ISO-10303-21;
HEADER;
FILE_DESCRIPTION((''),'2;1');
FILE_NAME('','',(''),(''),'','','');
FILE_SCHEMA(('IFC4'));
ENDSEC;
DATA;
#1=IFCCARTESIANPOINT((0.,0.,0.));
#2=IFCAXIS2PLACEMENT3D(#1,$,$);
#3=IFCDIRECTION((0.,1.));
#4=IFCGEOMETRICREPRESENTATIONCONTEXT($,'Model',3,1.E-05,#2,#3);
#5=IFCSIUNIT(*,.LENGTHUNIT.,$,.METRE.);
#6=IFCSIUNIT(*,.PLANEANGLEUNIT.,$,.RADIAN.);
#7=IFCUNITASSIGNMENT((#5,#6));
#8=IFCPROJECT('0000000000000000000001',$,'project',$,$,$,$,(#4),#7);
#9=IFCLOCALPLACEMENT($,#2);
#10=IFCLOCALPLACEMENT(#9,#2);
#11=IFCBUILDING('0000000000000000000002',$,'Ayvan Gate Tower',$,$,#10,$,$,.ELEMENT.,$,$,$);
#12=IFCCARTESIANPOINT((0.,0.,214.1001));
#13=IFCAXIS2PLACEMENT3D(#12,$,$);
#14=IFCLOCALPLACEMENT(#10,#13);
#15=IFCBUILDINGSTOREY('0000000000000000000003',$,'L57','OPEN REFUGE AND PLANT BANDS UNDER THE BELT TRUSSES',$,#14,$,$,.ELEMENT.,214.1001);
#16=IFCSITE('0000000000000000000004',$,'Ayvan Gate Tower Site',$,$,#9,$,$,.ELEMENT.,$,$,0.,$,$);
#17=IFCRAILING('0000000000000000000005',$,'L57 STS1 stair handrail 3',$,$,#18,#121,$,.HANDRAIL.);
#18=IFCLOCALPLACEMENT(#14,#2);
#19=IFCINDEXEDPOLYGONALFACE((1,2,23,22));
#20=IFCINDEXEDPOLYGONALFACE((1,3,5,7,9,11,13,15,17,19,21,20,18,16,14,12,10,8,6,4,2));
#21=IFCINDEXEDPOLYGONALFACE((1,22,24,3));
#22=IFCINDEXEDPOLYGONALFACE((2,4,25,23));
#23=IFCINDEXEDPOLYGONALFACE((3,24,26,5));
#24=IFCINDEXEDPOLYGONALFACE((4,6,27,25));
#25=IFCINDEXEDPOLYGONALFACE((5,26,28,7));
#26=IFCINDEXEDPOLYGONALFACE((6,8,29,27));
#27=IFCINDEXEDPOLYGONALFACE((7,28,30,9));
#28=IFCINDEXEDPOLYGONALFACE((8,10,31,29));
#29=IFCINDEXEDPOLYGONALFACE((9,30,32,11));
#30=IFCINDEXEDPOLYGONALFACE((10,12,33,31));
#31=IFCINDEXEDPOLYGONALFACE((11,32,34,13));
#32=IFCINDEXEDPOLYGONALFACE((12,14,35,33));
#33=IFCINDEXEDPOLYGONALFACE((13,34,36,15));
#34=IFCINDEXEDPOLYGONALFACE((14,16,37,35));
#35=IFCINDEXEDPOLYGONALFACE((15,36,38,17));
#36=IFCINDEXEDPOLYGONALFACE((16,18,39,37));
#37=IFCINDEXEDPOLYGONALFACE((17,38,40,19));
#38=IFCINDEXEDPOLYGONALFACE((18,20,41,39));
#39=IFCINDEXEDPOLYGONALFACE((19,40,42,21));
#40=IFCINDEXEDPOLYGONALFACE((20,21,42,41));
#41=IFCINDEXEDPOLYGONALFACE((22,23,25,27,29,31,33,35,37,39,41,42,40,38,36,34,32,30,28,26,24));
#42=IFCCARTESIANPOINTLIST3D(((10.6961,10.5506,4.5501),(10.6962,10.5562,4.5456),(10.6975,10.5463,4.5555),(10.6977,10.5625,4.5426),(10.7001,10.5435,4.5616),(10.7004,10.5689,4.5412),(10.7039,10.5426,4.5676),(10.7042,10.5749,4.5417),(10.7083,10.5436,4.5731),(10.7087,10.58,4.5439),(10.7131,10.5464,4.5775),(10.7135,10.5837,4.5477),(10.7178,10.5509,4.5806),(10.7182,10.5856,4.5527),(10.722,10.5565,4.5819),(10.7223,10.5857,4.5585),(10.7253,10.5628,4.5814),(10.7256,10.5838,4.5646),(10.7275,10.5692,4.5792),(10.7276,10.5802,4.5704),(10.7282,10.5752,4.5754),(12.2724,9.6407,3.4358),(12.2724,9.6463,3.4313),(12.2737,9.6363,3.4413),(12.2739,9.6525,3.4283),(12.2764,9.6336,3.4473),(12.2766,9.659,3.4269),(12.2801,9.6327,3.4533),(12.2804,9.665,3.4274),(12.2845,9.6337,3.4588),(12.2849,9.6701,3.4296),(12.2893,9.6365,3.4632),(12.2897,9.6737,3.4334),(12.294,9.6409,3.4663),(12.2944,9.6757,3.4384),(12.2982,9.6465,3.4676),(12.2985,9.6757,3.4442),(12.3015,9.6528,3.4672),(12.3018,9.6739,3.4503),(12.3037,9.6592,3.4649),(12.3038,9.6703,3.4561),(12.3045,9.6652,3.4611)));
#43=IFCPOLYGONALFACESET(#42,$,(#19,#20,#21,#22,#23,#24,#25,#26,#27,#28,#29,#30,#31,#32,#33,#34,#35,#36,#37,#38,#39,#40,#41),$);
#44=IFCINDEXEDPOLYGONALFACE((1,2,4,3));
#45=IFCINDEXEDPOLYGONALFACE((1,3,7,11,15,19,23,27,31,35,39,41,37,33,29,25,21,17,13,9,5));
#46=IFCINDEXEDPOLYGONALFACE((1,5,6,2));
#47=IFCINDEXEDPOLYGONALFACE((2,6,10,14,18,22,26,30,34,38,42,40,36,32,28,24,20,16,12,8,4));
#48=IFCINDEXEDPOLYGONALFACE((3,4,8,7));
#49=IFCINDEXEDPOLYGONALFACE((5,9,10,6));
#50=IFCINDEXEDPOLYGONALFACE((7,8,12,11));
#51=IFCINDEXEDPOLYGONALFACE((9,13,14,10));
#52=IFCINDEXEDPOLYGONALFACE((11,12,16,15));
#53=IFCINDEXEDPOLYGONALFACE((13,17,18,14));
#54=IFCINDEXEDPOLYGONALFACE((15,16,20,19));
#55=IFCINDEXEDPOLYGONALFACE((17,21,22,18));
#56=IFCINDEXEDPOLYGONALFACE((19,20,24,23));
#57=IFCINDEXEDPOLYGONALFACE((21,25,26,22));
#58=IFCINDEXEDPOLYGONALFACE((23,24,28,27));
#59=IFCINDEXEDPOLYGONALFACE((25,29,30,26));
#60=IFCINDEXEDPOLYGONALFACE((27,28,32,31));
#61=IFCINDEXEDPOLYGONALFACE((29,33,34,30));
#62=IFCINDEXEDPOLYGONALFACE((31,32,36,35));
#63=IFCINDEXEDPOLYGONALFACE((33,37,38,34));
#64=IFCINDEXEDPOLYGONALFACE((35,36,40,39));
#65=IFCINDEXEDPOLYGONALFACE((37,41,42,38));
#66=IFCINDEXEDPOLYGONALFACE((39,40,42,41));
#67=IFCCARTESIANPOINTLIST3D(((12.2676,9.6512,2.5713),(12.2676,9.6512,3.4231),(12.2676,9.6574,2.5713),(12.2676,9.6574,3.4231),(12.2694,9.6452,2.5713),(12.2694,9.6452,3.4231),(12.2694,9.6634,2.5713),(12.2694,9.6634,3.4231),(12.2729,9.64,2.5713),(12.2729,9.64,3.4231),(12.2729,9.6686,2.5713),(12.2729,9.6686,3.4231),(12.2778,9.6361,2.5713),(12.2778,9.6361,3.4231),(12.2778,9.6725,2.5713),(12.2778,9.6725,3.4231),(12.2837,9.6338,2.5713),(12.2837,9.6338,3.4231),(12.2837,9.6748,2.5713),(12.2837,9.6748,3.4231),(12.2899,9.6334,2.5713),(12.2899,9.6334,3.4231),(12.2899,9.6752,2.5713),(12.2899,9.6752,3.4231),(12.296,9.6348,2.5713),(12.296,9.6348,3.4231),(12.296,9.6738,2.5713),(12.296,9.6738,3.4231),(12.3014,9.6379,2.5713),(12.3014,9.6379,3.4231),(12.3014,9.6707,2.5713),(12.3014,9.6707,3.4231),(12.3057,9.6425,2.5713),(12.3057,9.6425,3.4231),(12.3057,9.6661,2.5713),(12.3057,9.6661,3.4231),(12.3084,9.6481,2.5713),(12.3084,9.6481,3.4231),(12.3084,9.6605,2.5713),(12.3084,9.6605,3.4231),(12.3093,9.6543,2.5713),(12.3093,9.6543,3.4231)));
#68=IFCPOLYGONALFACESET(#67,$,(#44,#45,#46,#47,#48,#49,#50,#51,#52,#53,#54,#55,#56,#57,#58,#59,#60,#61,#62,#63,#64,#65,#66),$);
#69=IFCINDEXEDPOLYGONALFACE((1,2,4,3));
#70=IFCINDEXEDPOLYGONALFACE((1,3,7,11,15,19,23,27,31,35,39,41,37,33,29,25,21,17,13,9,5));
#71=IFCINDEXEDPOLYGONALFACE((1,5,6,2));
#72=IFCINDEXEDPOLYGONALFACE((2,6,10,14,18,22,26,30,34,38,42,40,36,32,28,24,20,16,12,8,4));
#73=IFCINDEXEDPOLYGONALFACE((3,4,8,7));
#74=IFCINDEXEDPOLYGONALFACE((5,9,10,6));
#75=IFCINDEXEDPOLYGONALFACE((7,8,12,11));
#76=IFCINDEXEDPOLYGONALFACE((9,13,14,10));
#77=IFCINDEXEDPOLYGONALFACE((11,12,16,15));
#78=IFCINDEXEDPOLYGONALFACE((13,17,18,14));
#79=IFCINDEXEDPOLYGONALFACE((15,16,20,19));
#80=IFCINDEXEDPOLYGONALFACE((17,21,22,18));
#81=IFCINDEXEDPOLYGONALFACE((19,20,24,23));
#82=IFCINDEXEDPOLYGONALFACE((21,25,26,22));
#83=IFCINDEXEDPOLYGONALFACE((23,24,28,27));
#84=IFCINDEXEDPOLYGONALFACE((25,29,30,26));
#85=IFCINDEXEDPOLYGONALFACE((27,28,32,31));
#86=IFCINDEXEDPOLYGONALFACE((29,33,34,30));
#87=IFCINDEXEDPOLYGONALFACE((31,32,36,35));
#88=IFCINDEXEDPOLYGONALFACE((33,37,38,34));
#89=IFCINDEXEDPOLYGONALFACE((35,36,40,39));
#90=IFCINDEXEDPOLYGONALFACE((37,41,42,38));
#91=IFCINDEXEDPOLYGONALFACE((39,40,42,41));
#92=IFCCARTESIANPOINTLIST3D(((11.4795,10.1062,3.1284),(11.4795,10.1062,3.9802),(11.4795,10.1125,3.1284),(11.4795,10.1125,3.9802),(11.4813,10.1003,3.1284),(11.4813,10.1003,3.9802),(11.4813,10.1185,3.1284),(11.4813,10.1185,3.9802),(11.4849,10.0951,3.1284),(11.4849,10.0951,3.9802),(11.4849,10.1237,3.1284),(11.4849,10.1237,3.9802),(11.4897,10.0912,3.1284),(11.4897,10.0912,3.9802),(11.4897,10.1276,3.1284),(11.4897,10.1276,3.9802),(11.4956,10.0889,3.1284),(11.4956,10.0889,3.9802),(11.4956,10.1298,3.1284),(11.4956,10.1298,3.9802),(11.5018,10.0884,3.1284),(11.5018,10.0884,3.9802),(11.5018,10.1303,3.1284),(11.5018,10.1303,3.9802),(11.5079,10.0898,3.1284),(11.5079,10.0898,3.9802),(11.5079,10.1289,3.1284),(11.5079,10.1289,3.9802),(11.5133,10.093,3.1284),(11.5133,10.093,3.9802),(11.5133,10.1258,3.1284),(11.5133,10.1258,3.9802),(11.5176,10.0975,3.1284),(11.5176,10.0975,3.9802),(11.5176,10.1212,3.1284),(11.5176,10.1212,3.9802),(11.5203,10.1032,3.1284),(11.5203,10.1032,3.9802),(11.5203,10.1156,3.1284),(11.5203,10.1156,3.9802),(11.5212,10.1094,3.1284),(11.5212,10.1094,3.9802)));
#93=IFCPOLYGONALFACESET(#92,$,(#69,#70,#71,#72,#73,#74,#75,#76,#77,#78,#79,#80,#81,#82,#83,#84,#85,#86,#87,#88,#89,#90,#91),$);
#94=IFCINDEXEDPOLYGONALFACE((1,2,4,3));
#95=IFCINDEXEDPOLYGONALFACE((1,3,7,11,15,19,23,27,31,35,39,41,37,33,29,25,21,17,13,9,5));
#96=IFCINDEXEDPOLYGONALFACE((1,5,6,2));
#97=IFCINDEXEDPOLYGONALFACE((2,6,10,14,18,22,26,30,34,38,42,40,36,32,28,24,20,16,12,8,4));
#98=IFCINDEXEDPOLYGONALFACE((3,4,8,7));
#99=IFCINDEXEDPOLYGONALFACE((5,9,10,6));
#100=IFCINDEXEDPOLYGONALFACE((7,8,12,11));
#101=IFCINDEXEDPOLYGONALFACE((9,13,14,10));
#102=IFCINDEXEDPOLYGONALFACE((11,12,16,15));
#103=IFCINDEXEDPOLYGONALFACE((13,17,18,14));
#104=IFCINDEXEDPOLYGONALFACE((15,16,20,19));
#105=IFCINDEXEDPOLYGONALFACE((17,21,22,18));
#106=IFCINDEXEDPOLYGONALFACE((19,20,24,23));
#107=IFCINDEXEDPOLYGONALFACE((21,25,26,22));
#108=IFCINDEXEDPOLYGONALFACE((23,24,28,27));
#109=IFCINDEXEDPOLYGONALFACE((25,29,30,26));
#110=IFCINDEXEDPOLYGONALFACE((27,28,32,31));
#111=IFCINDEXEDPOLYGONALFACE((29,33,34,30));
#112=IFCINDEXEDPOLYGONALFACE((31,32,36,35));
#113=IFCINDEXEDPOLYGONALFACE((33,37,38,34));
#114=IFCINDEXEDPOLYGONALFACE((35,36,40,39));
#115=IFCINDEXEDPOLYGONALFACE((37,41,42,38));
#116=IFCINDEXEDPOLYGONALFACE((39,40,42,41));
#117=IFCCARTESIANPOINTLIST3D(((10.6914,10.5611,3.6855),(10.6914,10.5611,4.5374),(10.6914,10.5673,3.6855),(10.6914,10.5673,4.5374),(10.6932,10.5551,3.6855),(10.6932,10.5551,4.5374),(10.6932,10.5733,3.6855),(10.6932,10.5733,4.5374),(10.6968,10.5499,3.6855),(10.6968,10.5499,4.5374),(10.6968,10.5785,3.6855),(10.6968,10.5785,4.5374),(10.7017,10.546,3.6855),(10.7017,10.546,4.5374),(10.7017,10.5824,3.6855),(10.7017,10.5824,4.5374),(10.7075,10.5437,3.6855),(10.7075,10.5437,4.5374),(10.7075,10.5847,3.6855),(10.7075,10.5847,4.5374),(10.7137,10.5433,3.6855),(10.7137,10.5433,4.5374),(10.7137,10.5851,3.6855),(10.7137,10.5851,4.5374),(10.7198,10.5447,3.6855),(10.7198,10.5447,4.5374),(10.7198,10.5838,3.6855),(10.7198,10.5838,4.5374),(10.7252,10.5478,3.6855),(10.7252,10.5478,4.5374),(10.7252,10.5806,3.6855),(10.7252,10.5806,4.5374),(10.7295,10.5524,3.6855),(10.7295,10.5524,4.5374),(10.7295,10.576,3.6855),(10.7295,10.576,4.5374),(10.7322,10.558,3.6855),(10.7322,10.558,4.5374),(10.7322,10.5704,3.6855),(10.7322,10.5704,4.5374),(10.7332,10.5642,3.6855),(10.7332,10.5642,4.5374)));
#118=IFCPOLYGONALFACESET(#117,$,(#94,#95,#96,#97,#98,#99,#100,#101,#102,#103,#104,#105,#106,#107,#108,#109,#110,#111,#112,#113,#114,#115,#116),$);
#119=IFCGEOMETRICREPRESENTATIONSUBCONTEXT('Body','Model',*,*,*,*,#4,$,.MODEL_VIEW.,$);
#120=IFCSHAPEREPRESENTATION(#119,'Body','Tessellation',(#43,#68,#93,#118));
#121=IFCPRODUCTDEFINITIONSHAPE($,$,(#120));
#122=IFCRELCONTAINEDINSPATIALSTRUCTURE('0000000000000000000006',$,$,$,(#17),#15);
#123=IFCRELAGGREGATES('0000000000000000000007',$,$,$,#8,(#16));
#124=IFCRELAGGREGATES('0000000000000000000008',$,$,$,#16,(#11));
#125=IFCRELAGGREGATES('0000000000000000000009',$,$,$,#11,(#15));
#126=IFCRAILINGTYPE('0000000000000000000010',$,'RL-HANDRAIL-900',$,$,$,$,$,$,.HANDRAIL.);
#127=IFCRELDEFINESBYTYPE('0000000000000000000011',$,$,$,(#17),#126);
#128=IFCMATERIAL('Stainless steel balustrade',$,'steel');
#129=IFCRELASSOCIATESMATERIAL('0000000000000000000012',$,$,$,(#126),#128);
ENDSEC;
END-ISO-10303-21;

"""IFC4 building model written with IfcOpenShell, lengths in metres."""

from ifc_helpers import new_model, si_unit, direction, frame, origin, origin_2d, place, context, subcontext, project, spatial, circle, extrude, material, type_object, element, save


model = new_model("IFC4")

# Units and contexts
model_context = context("Model", 3, precision=1e-05, world=origin(), true_north=direction((0.0, 1.0)))
body_context = subcontext(model_context, "Body", "Model", "MODEL_VIEW")
ifc_project = project(units=[si_unit("LENGTHUNIT", "METRE"), si_unit("PLANEANGLEUNIT", "RADIAN")], contexts=[model_context])

# Site, building, storey
site_placement = place(None, origin())
site = spatial("IfcSite", under=ifc_project, at=site_placement, Name="Ayvan Gate Tower Site", CompositionType="ELEMENT", RefElevation=0.0)
building_placement = place(site_placement, origin())
building = spatial("IfcBuilding", under=site, at=building_placement, Name="Ayvan Gate Tower", CompositionType="ELEMENT")
storey_placement = place(building_placement, frame((0.0, 0.0, 214.1001)))
storey = spatial("IfcBuildingStorey", under=building, at=storey_placement, Name="L57", Description="OPEN REFUGE AND PLANT BANDS UNDER THE BELT TRUSSES", CompositionType="ELEMENT", Elevation=214.1001)

# Railing
ifc_material_1 = material(Name="Stainless steel balustrade", Category="steel")
railing_type_1 = type_object("IfcRailingType", Name="RL-HANDRAIL-900", PredefinedType="HANDRAIL", material=ifc_material_1)
for number, where, name in (
    (1, (12.2883, 9.6543, 2.5713), "L57 STS1 stair handrail 3"),
):
    element("IfcRailing", number, at=place(storey_placement, frame(where)), inside=storey, type_object=railing_type_1, Name=name, PredefinedType="HANDRAIL", context=body_context, shape_type="SweptSolid", body=[
        extrude(circle(Radius=0.0239, at=origin_2d()), frame((0.0, 0.0, 0.876), z_axis=(-0.73861, 0.426394, 0.522153), x_axis=(-0.499962, -0.866047, 0.0)), (0.0, 0.0, 1.0), 2.134),
        extrude(circle(Radius=0.021, at=origin_2d()), origin(), (0.0, 0.0, 1.0), 0.8518),
        extrude(circle(Radius=0.021, at=origin_2d()), frame((-0.7881, 0.4551, 0.5571)), (0.0, 0.0, 1.0), 0.8518),
        extrude(circle(Radius=0.021, at=origin_2d()), frame((-1.5762, 0.9099, 1.1143)), (0.0, 0.0, 1.0), 0.8518),
    ])

save(model, "model.ifc")
